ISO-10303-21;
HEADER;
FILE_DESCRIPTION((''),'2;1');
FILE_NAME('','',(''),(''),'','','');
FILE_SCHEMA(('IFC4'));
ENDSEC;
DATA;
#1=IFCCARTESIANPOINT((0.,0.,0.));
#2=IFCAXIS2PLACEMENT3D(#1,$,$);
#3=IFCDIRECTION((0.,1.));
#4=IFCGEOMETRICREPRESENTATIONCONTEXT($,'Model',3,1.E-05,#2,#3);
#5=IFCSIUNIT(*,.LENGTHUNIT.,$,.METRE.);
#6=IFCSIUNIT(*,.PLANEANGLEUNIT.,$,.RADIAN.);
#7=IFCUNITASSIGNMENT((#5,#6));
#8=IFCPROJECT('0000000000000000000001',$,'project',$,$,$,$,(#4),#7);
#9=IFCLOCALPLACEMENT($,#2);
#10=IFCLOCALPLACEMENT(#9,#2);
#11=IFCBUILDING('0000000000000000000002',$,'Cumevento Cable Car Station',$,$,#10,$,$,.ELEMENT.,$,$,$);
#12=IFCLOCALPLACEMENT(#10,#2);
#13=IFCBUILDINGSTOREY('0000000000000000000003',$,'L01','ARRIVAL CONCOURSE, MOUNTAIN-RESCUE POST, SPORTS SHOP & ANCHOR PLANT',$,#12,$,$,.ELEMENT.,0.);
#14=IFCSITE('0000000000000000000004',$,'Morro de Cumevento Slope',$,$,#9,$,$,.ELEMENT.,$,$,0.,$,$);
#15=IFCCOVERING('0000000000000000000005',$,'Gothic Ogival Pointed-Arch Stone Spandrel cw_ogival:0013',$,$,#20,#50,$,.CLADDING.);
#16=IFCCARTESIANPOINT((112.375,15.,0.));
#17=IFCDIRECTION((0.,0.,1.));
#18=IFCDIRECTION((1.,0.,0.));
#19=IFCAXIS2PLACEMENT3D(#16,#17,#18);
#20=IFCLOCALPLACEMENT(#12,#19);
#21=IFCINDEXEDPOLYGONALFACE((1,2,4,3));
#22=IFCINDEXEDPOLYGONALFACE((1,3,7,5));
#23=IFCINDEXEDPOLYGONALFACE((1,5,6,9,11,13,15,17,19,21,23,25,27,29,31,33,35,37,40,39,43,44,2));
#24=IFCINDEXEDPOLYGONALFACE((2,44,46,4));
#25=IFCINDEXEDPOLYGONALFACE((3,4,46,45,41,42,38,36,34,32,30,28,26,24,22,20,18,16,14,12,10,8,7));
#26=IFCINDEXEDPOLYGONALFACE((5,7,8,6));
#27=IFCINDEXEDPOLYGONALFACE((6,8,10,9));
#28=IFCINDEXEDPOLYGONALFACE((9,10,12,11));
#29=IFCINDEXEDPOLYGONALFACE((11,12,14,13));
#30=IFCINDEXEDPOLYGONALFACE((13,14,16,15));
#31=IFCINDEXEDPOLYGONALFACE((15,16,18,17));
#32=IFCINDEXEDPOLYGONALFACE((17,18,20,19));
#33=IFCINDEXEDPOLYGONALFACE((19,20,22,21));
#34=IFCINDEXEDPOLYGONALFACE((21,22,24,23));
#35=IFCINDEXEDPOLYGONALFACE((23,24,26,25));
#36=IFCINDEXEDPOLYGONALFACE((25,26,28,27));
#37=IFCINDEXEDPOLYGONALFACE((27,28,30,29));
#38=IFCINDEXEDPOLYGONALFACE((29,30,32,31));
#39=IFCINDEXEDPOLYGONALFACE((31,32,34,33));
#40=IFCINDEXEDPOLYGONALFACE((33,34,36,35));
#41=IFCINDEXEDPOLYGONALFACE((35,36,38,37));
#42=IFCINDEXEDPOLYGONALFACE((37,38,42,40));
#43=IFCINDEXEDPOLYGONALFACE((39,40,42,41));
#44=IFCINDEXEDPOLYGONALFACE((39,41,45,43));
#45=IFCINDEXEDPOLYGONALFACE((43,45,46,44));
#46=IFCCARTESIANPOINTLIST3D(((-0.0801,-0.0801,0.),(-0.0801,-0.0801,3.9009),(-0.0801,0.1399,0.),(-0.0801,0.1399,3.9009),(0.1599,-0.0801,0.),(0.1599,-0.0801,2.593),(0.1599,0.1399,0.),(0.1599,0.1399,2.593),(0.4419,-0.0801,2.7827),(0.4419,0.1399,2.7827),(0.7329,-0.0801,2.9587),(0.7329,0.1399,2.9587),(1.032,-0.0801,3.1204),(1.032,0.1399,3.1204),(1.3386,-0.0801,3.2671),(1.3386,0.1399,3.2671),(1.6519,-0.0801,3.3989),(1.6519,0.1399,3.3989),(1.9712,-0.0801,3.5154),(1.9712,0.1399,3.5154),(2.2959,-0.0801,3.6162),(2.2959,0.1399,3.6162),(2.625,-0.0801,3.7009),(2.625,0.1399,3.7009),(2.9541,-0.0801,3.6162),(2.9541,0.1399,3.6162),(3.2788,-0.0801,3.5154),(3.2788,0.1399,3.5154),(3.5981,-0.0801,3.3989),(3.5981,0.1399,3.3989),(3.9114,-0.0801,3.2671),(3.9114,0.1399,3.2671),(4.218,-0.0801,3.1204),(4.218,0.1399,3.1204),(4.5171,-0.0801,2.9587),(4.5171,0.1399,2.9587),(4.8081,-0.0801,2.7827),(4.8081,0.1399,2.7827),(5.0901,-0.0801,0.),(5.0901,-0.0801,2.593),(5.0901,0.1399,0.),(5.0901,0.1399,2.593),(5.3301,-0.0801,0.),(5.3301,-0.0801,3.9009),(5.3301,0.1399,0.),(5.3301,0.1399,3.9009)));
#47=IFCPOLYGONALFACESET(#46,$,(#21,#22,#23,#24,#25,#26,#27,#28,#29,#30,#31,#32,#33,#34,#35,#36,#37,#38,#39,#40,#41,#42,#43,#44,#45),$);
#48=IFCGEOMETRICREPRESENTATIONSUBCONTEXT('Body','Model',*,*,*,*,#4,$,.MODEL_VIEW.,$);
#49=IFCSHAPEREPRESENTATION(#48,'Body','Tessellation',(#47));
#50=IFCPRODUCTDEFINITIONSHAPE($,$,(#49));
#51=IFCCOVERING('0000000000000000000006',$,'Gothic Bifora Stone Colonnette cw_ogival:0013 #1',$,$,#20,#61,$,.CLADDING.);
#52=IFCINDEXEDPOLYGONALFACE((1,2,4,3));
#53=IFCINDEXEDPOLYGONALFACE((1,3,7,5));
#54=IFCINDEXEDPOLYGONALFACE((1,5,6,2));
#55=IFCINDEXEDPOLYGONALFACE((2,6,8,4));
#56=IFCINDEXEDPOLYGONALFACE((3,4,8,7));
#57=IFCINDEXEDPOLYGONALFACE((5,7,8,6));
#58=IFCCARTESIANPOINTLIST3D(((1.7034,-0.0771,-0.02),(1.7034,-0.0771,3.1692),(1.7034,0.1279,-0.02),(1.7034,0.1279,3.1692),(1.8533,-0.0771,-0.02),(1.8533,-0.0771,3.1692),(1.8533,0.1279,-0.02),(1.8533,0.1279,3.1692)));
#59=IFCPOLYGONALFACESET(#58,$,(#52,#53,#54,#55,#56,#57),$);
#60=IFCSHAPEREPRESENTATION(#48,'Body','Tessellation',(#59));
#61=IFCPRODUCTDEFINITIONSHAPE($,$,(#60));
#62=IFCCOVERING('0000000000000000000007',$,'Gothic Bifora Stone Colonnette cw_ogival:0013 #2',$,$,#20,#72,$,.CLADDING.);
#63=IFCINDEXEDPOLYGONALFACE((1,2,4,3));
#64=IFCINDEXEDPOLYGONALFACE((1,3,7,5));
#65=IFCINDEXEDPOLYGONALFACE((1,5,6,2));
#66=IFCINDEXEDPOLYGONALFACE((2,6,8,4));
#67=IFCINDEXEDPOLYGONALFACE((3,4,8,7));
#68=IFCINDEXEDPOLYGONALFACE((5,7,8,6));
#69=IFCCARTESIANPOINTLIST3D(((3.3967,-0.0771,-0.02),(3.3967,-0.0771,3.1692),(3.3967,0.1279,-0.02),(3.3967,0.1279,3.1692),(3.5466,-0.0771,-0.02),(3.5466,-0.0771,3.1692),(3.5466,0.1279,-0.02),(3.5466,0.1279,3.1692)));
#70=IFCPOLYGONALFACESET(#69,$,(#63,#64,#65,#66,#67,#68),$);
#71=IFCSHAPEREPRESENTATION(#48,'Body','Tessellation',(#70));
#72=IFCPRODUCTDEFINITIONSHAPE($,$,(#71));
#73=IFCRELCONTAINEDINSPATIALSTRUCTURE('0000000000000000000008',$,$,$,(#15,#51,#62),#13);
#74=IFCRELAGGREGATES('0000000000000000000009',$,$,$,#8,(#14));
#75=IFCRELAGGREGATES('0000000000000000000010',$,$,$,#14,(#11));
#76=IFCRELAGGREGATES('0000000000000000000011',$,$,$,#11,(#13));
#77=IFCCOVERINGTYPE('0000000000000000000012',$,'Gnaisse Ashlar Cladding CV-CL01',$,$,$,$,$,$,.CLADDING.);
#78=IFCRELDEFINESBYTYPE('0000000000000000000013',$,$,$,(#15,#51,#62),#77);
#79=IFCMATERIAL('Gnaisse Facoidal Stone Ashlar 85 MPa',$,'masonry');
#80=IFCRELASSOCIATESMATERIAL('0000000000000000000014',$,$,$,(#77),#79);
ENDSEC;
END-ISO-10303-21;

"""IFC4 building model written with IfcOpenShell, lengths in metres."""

from ifc_helpers import new_model, si_unit, direction, frame, origin, place, context, subcontext, project, spatial, polyline, outline, extrude, material, type_object, element, save


model = new_model("IFC4")

# Units and contexts
model_context = context("Model", 3, precision=1e-05, world=origin(), true_north=direction((0.0, 1.0)))
body_context = subcontext(model_context, "Body", "Model", "MODEL_VIEW")
ifc_project = project(units=[si_unit("LENGTHUNIT", "METRE"), si_unit("PLANEANGLEUNIT", "RADIAN")], contexts=[model_context])

# Site, building, storey
site_placement = place(None, origin())
site = spatial("IfcSite", under=ifc_project, at=site_placement, Name="Morro de Cumevento Slope", CompositionType="ELEMENT", RefElevation=0.0)
building_placement = place(site_placement, origin())
building = spatial("IfcBuilding", under=site, at=building_placement, Name="Cumevento Cable Car Station", CompositionType="ELEMENT")
storey_placement = place(building_placement, origin())
storey = spatial("IfcBuildingStorey", under=building, at=storey_placement, Name="L01", Description="ARRIVAL CONCOURSE, MOUNTAIN-RESCUE POST, SPORTS SHOP & ANCHOR PLANT", CompositionType="ELEMENT", Elevation=0.0)

# Coverings
ifc_material_1 = material(Name="Gnaisse Facoidal Stone Ashlar 85 MPa", Category="masonry")
covering_type = type_object("IfcCoveringType", Name="Gnaisse Ashlar Cladding CV-CL01", PredefinedType="CLADDING", material=ifc_material_1)
placement = place(storey_placement, frame((112.375, 15.0, 0.0), z_axis=(0.0, 0.0, 1.0), x_axis=(1.0, 0.0, 0.0)))
element("IfcCovering", 1, at=placement, inside=storey, type_object=covering_type, Name="Gothic Ogival Pointed-Arch Stone Spandrel cw_ogival:0013", PredefinedType="CLADDING", context=body_context, shape_type="SweptSolid", body=[
    extrude(outline(polyline([(-0.0801, 0.0), (-0.0801, 3.9009), (5.3301, 3.9009), (5.3301, 0.0), (5.0901, 0.0), (5.0901, 2.593), (4.8081, 2.7827), (4.5171, 2.9587), (4.218, 3.1204), (3.9114, 3.2671), (3.5981, 3.3989), (3.2788, 3.5154), (2.9541, 3.6162), (2.625, 3.7009), (2.2959, 3.6162), (1.9712, 3.5154), (1.6519, 3.3989), (1.3386, 3.2671), (1.032, 3.1204), (0.7329, 2.9587), (0.4419, 2.7827), (0.1599, 2.593), (0.1599, 0.0), (-0.0801, 0.0)])), frame((0.0, 0.1399, 0.0), z_axis=(0.0, -1.0, 0.0), x_axis=(1.0, 0.0, 0.0)), (0.0, 0.0, 1.0), 0.22),
])
element("IfcCovering", 2, at=placement, inside=storey, type_object=covering_type, Name="Gothic Bifora Stone Colonnette cw_ogival:0013 #1", PredefinedType="CLADDING", context=body_context, shape_type="SweptSolid", body=[
    extrude(outline(polyline([(1.7034, -0.02), (1.8533, -0.02), (1.8533, 3.1692), (1.7034, 3.1692), (1.7034, -0.02)])), frame((0.0, 0.1279, 0.0), z_axis=(0.0, -1.0, 0.0), x_axis=(1.0, 0.0, 0.0)), (0.0, 0.0, 1.0), 0.2051),
])
element("IfcCovering", 3, at=placement, inside=storey, type_object=covering_type, Name="Gothic Bifora Stone Colonnette cw_ogival:0013 #2", PredefinedType="CLADDING", context=body_context, shape_type="SweptSolid", body=[
    extrude(outline(polyline([(3.3967, -0.02), (3.5466, -0.02), (3.5466, 3.1692), (3.3967, 3.1692), (3.3967, -0.02)])), frame((0.0, 0.1279, 0.0), z_axis=(0.0, -1.0, 0.0), x_axis=(1.0, 0.0, 0.0)), (0.0, 0.0, 1.0), 0.2051),
])

save(model, "model.ifc")
